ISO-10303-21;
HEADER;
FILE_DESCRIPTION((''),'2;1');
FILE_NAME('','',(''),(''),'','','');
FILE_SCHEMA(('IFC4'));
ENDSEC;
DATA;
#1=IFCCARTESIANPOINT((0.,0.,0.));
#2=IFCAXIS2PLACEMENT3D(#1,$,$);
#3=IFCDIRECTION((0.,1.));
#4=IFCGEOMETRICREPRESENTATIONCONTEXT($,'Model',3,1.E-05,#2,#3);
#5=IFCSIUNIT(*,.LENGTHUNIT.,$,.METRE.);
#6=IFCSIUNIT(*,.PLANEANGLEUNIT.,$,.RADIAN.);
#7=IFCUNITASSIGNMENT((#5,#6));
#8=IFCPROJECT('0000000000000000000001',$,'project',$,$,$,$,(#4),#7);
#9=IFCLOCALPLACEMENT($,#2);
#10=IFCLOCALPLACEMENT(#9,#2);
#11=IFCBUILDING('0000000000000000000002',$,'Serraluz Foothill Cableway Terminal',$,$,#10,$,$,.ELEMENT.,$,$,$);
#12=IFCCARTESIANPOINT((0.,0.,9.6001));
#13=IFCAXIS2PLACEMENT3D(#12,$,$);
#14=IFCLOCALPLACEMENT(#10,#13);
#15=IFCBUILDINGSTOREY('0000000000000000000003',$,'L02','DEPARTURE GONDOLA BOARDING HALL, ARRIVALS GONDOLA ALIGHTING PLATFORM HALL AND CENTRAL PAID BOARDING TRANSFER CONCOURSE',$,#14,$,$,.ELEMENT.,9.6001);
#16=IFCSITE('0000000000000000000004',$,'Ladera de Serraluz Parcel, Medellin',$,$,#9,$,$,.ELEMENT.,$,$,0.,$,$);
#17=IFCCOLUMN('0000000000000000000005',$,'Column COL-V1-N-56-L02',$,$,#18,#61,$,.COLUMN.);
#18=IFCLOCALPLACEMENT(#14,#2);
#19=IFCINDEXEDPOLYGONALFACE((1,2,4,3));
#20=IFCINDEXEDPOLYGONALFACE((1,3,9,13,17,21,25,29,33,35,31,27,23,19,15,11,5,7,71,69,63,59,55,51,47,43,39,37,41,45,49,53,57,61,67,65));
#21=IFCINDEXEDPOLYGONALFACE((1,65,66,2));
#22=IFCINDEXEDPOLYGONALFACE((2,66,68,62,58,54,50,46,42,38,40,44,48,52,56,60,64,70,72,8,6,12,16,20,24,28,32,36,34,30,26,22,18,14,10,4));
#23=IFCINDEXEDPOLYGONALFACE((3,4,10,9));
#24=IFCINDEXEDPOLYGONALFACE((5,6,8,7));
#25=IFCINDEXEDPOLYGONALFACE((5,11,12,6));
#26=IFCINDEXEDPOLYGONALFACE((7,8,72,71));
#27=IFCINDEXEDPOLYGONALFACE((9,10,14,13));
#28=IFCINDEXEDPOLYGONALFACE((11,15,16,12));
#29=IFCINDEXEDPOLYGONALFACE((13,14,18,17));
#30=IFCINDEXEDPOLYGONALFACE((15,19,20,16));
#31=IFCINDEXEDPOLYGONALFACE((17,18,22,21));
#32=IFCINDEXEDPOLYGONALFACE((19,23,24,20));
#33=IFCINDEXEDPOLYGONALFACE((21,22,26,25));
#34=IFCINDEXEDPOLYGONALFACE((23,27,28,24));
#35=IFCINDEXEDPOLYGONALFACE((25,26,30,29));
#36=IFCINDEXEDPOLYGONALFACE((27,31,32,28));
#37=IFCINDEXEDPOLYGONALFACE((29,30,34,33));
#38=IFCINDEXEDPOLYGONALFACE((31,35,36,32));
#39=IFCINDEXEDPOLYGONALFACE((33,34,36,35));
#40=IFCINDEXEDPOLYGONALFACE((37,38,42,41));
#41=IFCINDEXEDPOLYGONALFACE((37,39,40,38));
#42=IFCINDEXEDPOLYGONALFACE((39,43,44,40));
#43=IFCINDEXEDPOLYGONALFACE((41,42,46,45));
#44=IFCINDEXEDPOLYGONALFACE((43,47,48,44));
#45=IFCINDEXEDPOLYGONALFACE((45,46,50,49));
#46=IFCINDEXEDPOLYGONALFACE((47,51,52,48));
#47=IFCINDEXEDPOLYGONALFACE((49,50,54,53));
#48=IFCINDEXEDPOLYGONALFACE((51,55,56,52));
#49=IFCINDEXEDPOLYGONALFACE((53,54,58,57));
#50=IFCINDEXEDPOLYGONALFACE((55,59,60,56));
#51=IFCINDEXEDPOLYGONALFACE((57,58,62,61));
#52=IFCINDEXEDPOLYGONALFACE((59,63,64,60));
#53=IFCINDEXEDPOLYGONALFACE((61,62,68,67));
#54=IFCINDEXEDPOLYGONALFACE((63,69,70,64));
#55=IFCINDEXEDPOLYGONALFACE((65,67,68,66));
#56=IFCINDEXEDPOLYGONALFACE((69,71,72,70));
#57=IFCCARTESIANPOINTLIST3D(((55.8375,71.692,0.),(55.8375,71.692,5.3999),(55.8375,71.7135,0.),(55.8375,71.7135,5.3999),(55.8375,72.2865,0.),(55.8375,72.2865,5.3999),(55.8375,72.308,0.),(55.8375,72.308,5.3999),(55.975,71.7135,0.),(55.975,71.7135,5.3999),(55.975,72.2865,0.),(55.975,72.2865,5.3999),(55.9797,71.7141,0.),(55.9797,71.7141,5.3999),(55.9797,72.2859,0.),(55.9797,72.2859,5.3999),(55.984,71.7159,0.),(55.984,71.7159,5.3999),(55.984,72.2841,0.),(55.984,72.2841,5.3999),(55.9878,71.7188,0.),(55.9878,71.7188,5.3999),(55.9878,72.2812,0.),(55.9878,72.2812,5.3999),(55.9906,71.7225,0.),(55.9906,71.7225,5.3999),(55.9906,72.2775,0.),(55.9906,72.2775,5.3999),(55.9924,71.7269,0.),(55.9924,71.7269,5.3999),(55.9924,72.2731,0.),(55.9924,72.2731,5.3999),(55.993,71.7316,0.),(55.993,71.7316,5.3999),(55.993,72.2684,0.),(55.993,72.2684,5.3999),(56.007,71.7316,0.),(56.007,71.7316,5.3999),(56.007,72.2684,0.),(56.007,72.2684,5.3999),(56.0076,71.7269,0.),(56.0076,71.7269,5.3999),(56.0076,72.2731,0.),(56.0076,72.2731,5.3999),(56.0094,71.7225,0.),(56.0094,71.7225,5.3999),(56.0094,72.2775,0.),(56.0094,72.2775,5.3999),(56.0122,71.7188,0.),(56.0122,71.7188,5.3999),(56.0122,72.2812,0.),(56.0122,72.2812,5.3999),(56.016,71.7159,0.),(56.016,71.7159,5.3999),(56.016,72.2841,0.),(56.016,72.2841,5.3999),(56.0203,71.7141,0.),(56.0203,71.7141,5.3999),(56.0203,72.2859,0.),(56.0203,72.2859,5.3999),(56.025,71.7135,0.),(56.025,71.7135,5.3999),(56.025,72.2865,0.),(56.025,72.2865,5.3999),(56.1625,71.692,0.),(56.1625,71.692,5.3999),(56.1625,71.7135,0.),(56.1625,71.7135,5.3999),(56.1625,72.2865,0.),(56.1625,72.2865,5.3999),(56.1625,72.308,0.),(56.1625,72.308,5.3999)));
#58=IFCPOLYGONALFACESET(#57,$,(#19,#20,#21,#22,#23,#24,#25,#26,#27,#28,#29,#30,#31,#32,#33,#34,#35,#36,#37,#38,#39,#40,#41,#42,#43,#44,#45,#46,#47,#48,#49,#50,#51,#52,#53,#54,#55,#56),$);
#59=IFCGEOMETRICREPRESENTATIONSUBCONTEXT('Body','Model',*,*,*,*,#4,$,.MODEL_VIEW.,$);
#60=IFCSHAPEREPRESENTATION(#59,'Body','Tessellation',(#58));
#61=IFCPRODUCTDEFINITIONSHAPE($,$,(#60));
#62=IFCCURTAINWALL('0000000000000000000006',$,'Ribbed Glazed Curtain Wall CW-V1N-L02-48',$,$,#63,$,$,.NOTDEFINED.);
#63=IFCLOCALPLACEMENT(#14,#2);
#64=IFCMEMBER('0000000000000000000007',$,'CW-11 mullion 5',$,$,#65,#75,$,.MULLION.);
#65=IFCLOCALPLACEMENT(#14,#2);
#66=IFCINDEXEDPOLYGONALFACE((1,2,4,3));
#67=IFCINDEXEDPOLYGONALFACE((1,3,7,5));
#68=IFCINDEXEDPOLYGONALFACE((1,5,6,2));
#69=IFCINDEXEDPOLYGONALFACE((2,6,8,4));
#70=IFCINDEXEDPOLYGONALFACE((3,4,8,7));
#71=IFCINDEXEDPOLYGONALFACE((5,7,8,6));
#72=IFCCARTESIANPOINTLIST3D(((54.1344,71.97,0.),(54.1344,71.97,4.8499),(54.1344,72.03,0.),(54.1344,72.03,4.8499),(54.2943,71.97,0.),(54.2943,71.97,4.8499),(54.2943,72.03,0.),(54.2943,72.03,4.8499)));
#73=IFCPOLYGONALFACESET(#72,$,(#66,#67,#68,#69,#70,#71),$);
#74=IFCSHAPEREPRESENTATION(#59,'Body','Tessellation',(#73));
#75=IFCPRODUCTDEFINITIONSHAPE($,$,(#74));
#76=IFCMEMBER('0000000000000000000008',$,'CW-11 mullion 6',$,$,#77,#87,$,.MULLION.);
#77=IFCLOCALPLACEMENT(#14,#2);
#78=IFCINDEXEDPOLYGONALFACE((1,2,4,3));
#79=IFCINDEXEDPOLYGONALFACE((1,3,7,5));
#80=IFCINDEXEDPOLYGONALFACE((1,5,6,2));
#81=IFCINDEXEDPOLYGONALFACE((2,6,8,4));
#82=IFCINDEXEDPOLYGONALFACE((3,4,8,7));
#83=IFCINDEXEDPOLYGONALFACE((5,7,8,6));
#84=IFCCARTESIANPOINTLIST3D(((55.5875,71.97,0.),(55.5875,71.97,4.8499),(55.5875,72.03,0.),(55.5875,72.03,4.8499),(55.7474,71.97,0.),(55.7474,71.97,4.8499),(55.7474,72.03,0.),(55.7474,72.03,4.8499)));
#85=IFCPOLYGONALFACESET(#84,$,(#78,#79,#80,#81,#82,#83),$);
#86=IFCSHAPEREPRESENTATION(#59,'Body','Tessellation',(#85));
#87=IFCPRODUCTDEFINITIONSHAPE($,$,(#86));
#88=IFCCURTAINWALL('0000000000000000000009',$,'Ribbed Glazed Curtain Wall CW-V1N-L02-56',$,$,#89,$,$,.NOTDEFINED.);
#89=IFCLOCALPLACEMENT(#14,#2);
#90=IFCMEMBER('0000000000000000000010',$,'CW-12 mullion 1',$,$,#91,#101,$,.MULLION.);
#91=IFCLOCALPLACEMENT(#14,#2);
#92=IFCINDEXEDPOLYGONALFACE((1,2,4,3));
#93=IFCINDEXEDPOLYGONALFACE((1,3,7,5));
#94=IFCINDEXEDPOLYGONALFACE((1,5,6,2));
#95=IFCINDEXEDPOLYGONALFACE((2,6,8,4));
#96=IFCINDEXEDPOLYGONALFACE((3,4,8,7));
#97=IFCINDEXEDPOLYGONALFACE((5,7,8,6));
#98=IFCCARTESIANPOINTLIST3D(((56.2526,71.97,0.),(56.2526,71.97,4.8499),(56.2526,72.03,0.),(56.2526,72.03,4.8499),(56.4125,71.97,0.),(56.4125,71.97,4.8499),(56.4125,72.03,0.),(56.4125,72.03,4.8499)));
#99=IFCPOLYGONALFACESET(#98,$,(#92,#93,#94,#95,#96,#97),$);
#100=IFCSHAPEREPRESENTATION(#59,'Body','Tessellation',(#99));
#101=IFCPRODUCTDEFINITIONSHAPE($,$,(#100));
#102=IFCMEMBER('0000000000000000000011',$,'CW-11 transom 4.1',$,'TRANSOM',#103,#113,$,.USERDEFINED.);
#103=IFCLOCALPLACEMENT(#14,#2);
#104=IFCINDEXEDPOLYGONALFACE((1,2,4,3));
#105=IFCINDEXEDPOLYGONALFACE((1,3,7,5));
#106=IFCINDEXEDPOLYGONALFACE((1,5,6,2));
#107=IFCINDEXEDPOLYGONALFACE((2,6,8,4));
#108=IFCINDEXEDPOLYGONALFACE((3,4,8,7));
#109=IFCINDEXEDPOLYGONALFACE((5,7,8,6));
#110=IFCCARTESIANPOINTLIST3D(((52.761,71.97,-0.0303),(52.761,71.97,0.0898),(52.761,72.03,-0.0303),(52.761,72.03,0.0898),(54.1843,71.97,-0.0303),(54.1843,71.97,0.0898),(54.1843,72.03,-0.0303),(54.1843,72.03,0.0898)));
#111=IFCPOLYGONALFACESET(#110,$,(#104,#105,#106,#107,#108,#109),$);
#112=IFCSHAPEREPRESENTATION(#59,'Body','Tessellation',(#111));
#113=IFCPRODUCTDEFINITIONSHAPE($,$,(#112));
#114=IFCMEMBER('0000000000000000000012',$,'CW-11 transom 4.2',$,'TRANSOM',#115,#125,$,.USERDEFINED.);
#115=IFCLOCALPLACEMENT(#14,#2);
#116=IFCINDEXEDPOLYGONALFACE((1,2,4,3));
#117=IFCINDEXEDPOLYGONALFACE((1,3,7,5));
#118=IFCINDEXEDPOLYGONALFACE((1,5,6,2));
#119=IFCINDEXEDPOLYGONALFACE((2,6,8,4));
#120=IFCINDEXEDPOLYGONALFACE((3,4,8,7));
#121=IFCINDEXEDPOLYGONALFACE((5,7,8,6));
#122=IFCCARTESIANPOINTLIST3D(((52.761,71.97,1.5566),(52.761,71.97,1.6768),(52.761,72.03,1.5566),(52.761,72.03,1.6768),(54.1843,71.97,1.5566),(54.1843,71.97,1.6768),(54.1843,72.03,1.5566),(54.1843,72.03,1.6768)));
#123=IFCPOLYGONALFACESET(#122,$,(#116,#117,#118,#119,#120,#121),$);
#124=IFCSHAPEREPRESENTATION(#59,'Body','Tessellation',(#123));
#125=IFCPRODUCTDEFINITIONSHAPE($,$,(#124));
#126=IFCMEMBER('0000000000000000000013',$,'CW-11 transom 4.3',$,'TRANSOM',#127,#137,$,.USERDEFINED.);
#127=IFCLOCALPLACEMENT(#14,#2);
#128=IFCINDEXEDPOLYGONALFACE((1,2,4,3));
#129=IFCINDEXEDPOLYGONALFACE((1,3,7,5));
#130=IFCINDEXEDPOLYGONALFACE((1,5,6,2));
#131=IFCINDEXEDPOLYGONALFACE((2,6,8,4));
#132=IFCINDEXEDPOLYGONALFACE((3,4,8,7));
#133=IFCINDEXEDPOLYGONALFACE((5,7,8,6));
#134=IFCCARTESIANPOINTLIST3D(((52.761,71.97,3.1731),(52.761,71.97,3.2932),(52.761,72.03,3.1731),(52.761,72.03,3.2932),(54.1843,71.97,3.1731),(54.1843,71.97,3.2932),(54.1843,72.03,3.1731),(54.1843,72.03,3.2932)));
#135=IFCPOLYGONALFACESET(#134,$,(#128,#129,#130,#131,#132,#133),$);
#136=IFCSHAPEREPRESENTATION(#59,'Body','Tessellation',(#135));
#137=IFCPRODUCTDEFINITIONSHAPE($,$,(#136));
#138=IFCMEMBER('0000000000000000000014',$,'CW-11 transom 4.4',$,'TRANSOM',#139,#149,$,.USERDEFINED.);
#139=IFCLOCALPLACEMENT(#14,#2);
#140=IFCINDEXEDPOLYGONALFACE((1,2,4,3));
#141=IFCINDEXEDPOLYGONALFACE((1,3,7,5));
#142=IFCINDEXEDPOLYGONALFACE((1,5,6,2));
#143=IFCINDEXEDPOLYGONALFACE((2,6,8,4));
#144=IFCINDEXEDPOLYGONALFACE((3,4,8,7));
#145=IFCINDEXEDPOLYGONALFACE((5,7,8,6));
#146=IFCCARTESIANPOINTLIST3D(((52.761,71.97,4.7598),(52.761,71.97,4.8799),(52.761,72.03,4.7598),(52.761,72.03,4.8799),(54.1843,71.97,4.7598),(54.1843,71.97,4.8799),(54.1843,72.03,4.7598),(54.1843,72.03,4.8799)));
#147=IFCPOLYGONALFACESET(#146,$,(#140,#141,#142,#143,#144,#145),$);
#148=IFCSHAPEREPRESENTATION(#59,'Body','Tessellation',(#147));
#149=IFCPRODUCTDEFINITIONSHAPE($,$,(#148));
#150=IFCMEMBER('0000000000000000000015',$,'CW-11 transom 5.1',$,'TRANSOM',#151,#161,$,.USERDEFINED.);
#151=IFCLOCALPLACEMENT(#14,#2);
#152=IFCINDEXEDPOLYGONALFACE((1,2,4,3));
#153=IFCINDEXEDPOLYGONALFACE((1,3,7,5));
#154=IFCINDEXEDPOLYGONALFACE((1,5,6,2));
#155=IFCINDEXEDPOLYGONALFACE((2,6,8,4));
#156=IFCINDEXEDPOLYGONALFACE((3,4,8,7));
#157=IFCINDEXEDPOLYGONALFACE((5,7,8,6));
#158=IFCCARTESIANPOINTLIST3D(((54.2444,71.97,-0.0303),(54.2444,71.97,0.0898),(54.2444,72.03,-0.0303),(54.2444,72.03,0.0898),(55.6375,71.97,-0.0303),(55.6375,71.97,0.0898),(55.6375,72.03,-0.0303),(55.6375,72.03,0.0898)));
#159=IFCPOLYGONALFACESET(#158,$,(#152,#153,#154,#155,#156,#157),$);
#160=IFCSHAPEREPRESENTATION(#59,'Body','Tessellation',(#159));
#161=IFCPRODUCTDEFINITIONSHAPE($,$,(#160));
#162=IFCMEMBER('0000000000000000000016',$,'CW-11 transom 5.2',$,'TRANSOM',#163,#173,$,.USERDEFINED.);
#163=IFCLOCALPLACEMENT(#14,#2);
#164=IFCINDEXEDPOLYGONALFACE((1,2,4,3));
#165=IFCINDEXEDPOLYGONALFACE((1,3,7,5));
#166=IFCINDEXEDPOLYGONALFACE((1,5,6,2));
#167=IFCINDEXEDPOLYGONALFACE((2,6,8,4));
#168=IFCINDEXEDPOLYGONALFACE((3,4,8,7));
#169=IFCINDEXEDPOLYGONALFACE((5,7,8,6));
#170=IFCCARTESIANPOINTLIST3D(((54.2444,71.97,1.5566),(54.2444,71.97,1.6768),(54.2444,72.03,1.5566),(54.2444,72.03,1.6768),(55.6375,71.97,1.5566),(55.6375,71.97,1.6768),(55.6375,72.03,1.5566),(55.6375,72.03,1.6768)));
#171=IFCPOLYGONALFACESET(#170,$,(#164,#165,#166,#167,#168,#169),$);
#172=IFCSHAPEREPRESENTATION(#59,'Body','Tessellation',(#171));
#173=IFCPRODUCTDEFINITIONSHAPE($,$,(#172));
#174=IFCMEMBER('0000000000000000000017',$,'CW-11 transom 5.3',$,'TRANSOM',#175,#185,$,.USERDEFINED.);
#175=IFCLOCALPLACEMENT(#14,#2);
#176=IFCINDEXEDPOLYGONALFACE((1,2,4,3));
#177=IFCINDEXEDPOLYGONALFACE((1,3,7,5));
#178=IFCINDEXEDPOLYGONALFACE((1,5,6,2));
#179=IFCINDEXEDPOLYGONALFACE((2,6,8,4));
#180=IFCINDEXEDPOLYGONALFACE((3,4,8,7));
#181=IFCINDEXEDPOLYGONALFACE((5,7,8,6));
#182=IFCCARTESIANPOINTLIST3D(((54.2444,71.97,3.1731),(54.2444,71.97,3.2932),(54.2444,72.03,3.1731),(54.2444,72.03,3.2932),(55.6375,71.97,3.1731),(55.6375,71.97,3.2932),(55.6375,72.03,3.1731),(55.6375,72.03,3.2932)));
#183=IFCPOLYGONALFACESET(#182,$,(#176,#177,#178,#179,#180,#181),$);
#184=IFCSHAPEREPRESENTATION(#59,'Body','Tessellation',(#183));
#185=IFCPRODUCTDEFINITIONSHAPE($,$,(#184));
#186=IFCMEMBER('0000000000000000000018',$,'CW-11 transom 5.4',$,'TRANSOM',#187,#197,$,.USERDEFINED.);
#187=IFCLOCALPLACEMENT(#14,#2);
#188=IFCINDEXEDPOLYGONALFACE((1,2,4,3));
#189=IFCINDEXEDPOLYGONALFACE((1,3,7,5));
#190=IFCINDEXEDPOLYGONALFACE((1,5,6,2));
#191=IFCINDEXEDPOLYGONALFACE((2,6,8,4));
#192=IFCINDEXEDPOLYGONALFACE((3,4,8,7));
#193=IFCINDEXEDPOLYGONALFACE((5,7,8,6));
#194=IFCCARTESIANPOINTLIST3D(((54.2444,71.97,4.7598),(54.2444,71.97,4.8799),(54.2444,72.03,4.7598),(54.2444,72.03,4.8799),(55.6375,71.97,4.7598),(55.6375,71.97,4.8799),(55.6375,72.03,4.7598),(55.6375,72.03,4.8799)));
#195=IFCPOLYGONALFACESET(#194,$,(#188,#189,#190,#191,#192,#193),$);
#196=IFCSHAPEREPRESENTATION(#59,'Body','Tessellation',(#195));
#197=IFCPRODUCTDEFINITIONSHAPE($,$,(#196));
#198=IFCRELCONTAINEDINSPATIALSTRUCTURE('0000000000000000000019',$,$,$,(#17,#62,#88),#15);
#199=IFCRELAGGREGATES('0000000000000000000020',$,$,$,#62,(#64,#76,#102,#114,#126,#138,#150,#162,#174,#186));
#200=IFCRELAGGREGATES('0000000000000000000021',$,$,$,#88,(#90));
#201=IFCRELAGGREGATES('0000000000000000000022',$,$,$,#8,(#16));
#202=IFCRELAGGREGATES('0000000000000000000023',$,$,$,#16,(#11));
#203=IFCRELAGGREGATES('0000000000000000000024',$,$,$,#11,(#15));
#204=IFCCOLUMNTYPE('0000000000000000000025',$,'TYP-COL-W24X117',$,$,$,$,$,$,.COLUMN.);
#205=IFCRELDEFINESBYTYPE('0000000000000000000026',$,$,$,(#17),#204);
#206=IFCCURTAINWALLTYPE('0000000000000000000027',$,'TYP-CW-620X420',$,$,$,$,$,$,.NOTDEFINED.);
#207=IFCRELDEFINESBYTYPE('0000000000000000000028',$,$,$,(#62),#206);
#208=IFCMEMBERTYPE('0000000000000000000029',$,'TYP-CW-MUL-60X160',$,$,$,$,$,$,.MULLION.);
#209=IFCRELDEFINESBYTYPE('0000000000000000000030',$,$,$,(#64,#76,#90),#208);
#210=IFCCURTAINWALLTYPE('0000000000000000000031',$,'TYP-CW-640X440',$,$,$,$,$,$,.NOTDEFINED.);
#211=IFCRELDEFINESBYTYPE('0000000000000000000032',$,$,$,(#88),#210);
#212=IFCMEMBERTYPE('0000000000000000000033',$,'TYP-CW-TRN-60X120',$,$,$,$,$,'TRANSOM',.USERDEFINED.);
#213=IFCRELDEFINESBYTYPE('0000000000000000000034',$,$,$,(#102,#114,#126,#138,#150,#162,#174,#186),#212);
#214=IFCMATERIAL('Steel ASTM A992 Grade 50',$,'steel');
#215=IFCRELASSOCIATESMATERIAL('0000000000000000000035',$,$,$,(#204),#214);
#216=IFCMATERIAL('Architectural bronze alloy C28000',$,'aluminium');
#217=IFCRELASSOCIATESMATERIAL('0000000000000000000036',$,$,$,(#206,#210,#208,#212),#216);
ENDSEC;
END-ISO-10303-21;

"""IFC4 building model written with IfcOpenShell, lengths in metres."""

from ifc_helpers import new_model, si_unit, direction, frame, origin, origin_2d, place, context, subcontext, project, spatial, rectangle, i_section, extrude, material, material_profile, profile_set, type_object, element, aggregate, save


model = new_model("IFC4")

# Units and contexts
model_context = context("Model", 3, precision=1e-05, world=origin(), true_north=direction((0.0, 1.0)))
body_context = subcontext(model_context, "Body", "Model", "MODEL_VIEW")
ifc_project = project(units=[si_unit("LENGTHUNIT", "METRE"), si_unit("PLANEANGLEUNIT", "RADIAN")], contexts=[model_context])

# Site, building, storey
site_placement = place(None, origin())
site = spatial("IfcSite", under=ifc_project, at=site_placement, Name="Ladera de Serraluz Parcel, Medellin", CompositionType="ELEMENT", RefElevation=0.0)
building_placement = place(site_placement, origin())
building = spatial("IfcBuilding", under=site, at=building_placement, Name="Serraluz Foothill Cableway Terminal", CompositionType="ELEMENT")
storey_placement = place(building_placement, frame((0.0, 0.0, 9.6001)))
storey = spatial("IfcBuildingStorey", under=building, at=storey_placement, Name="L02", Description="DEPARTURE GONDOLA BOARDING HALL, ARRIVALS GONDOLA ALIGHTING PLATFORM HALL AND CENTRAL PAID BOARDING TRANSFER CONCOURSE", CompositionType="ELEMENT", Elevation=9.6001)

# Column
ifc_material_1 = material(Name="Steel ASTM A992 Grade 50", Category="steel")
ifc_material_profile_1 = material_profile(ifc_material_1, i_section(OverallWidth=0.325, OverallDepth=0.616, WebThickness=0.0139, FlangeThickness=0.0215, FilletRadius=0.0181, at=origin_2d()), Name="W24X117")
ifc_profile_set_1 = profile_set([ifc_material_profile_1], Name="Steel ASTM A992 Grade 50")
column_type = type_object("IfcColumnType", Name="TYP-COL-W24X117", PredefinedType="COLUMN", material=ifc_profile_set_1)
column_placement = place(storey_placement, frame((56.0, 72.0, 0.0), z_axis=(0.0, 0.0, 1.0), x_axis=(1.0, 0.0, 0.0)))
element("IfcColumn", 1, at=column_placement, inside=storey, type_object=column_type, Name="Column COL-V1-N-56-L02", PredefinedType="COLUMN", context=body_context, shape_type="SweptSolid", body=[
    extrude(i_section(OverallWidth=0.325, OverallDepth=0.616, WebThickness=0.0139, FlangeThickness=0.0215, FilletRadius=0.0181, at=origin_2d()), origin(), (0.0, 0.0, 1.0), 5.3999),
])

# Curtain wall, members
ifc_material_2 = material(Name="Architectural bronze alloy C28000", Category="aluminium")
curtain_wall_type_1 = type_object("IfcCurtainWallType", Name="TYP-CW-620X420", PredefinedType="NOTDEFINED", material=ifc_material_2)
curtain_wall_1_placement = place(storey_placement, origin())
curtain_wall_1 = element("IfcCurtainWall", 2, at=curtain_wall_1_placement, inside=storey, type_object=curtain_wall_type_1, Name="Ribbed Glazed Curtain Wall CW-V1N-L02-48", PredefinedType="NOTDEFINED")
ifc_material_profile_2 = material_profile(ifc_material_2, rectangle(XDim=0.0601, YDim=0.1599, at=origin_2d()), Name="ALU MULLION 60x160")
ifc_profile_set_2 = profile_set([ifc_material_profile_2], Name="Architectural bronze alloy C28000")
member_type_1 = type_object("IfcMemberType", Name="TYP-CW-MUL-60X160", PredefinedType="MULLION", material=ifc_profile_set_2)
member_1_placement = place(storey_placement, frame((54.2144, 72.0, 0.0), z_axis=(0.0, 0.0, 1.0), x_axis=(0.0, 1.0, 0.0)))
member_1 = element("IfcMember", 3, at=member_1_placement, type_object=member_type_1, Name="CW-11 mullion 5", PredefinedType="MULLION", context=body_context, shape_type="SweptSolid", body=[
    extrude(rectangle(XDim=0.0601, YDim=0.1599, at=origin_2d()), origin(), (0.0, 0.0, 1.0), 4.8499),
])
member_2_placement = place(storey_placement, frame((55.6675, 72.0, 0.0), z_axis=(0.0, 0.0, 1.0), x_axis=(0.0, 1.0, 0.0)))
member_2 = element("IfcMember", 4, at=member_2_placement, type_object=member_type_1, Name="CW-11 mullion 6", PredefinedType="MULLION", context=body_context, shape_type="SweptSolid", body=[
    extrude(rectangle(XDim=0.0601, YDim=0.1599, at=origin_2d()), origin(), (0.0, 0.0, 1.0), 4.8499),
])

# Curtain wall, member
curtain_wall_type_2 = type_object("IfcCurtainWallType", Name="TYP-CW-640X440", PredefinedType="NOTDEFINED", material=ifc_material_2)
curtain_wall_2_placement = place(storey_placement, origin())
curtain_wall_2 = element("IfcCurtainWall", 5, at=curtain_wall_2_placement, inside=storey, type_object=curtain_wall_type_2, Name="Ribbed Glazed Curtain Wall CW-V1N-L02-56", PredefinedType="NOTDEFINED")
member_3_placement = place(storey_placement, frame((56.3325, 72.0, 0.0), z_axis=(0.0, 0.0, 1.0), x_axis=(0.0, 1.0, 0.0)))
member_3 = element("IfcMember", 6, at=member_3_placement, type_object=member_type_1, Name="CW-12 mullion 1", PredefinedType="MULLION", context=body_context, shape_type="SweptSolid", body=[
    extrude(rectangle(XDim=0.0601, YDim=0.1599, at=origin_2d()), origin(), (0.0, 0.0, 1.0), 4.8499),
])

# Members
ifc_material_profile_3 = material_profile(ifc_material_2, rectangle(XDim=0.0601, YDim=0.1201, at=origin_2d()), Name="ALU TRANSOM 60x120")
ifc_profile_set_3 = profile_set([ifc_material_profile_3], Name="Architectural bronze alloy C28000")
member_type_2 = type_object("IfcMemberType", Name="TYP-CW-TRN-60X120", ElementType="TRANSOM", PredefinedType="USERDEFINED", material=ifc_profile_set_3)
member_4_placement = place(storey_placement, frame((52.761, 72.0, 0.0298), z_axis=(1.0, 0.0, 0.0), x_axis=(0.0, 1.0, 0.0)))
member_4 = element("IfcMember", 7, at=member_4_placement, type_object=member_type_2, Name="CW-11 transom 4.1", ObjectType="TRANSOM", PredefinedType="USERDEFINED", context=body_context, shape_type="SweptSolid", body=[
    extrude(rectangle(XDim=0.0601, YDim=0.1201, at=origin_2d()), origin(), (0.0, 0.0, 1.0), 1.4233),
])
member_5_placement = place(storey_placement, frame((52.761, 72.0, 1.6167), z_axis=(1.0, 0.0, 0.0), x_axis=(0.0, 1.0, 0.0)))
member_5 = element("IfcMember", 8, at=member_5_placement, type_object=member_type_2, Name="CW-11 transom 4.2", ObjectType="TRANSOM", PredefinedType="USERDEFINED", context=body_context, shape_type="SweptSolid", body=[
    extrude(rectangle(XDim=0.0601, YDim=0.1201, at=origin_2d()), origin(), (0.0, 0.0, 1.0), 1.4233),
])
member_6_placement = place(storey_placement, frame((52.761, 72.0, 3.2332), z_axis=(1.0, 0.0, 0.0), x_axis=(0.0, 1.0, 0.0)))
member_6 = element("IfcMember", 9, at=member_6_placement, type_object=member_type_2, Name="CW-11 transom 4.3", ObjectType="TRANSOM", PredefinedType="USERDEFINED", context=body_context, shape_type="SweptSolid", body=[
    extrude(rectangle(XDim=0.0601, YDim=0.1201, at=origin_2d()), origin(), (0.0, 0.0, 1.0), 1.4233),
])
member_7_placement = place(storey_placement, frame((52.761, 72.0, 4.8198), z_axis=(1.0, 0.0, 0.0), x_axis=(0.0, 1.0, 0.0)))
member_7 = element("IfcMember", 10, at=member_7_placement, type_object=member_type_2, Name="CW-11 transom 4.4", ObjectType="TRANSOM", PredefinedType="USERDEFINED", context=body_context, shape_type="SweptSolid", body=[
    extrude(rectangle(XDim=0.0601, YDim=0.1201, at=origin_2d()), origin(), (0.0, 0.0, 1.0), 1.4233),
])
member_8_placement = place(storey_placement, frame((54.2444, 72.0, 0.0298), z_axis=(1.0, 0.0, 0.0), x_axis=(0.0, 1.0, 0.0)))
member_8 = element("IfcMember", 11, at=member_8_placement, type_object=member_type_2, Name="CW-11 transom 5.1", ObjectType="TRANSOM", PredefinedType="USERDEFINED", context=body_context, shape_type="SweptSolid", body=[
    extrude(rectangle(XDim=0.0601, YDim=0.1201, at=origin_2d()), origin(), (0.0, 0.0, 1.0), 1.3931),
])
member_9_placement = place(storey_placement, frame((54.2444, 72.0, 1.6167), z_axis=(1.0, 0.0, 0.0), x_axis=(0.0, 1.0, 0.0)))
member_9 = element("IfcMember", 12, at=member_9_placement, type_object=member_type_2, Name="CW-11 transom 5.2", ObjectType="TRANSOM", PredefinedType="USERDEFINED", context=body_context, shape_type="SweptSolid", body=[
    extrude(rectangle(XDim=0.0601, YDim=0.1201, at=origin_2d()), origin(), (0.0, 0.0, 1.0), 1.3931),
])
member_10_placement = place(storey_placement, frame((54.2444, 72.0, 3.2332), z_axis=(1.0, 0.0, 0.0), x_axis=(0.0, 1.0, 0.0)))
member_10 = element("IfcMember", 13, at=member_10_placement, type_object=member_type_2, Name="CW-11 transom 5.3", ObjectType="TRANSOM", PredefinedType="USERDEFINED", context=body_context, shape_type="SweptSolid", body=[
    extrude(rectangle(XDim=0.0601, YDim=0.1201, at=origin_2d()), origin(), (0.0, 0.0, 1.0), 1.3931),
])
member_11_placement = place(storey_placement, frame((54.2444, 72.0, 4.8198), z_axis=(1.0, 0.0, 0.0), x_axis=(0.0, 1.0, 0.0)))
member_11 = element("IfcMember", 14, at=member_11_placement, type_object=member_type_2, Name="CW-11 transom 5.4", ObjectType="TRANSOM", PredefinedType="USERDEFINED", context=body_context, shape_type="SweptSolid", body=[
    extrude(rectangle(XDim=0.0601, YDim=0.1201, at=origin_2d()), origin(), (0.0, 0.0, 1.0), 1.3931),
])

aggregate(curtain_wall_1, [member_1, member_2, member_4, member_5, member_6, member_7, member_8, member_9, member_10, member_11])
aggregate(curtain_wall_2, [member_3])

save(model, "model.ifc")
